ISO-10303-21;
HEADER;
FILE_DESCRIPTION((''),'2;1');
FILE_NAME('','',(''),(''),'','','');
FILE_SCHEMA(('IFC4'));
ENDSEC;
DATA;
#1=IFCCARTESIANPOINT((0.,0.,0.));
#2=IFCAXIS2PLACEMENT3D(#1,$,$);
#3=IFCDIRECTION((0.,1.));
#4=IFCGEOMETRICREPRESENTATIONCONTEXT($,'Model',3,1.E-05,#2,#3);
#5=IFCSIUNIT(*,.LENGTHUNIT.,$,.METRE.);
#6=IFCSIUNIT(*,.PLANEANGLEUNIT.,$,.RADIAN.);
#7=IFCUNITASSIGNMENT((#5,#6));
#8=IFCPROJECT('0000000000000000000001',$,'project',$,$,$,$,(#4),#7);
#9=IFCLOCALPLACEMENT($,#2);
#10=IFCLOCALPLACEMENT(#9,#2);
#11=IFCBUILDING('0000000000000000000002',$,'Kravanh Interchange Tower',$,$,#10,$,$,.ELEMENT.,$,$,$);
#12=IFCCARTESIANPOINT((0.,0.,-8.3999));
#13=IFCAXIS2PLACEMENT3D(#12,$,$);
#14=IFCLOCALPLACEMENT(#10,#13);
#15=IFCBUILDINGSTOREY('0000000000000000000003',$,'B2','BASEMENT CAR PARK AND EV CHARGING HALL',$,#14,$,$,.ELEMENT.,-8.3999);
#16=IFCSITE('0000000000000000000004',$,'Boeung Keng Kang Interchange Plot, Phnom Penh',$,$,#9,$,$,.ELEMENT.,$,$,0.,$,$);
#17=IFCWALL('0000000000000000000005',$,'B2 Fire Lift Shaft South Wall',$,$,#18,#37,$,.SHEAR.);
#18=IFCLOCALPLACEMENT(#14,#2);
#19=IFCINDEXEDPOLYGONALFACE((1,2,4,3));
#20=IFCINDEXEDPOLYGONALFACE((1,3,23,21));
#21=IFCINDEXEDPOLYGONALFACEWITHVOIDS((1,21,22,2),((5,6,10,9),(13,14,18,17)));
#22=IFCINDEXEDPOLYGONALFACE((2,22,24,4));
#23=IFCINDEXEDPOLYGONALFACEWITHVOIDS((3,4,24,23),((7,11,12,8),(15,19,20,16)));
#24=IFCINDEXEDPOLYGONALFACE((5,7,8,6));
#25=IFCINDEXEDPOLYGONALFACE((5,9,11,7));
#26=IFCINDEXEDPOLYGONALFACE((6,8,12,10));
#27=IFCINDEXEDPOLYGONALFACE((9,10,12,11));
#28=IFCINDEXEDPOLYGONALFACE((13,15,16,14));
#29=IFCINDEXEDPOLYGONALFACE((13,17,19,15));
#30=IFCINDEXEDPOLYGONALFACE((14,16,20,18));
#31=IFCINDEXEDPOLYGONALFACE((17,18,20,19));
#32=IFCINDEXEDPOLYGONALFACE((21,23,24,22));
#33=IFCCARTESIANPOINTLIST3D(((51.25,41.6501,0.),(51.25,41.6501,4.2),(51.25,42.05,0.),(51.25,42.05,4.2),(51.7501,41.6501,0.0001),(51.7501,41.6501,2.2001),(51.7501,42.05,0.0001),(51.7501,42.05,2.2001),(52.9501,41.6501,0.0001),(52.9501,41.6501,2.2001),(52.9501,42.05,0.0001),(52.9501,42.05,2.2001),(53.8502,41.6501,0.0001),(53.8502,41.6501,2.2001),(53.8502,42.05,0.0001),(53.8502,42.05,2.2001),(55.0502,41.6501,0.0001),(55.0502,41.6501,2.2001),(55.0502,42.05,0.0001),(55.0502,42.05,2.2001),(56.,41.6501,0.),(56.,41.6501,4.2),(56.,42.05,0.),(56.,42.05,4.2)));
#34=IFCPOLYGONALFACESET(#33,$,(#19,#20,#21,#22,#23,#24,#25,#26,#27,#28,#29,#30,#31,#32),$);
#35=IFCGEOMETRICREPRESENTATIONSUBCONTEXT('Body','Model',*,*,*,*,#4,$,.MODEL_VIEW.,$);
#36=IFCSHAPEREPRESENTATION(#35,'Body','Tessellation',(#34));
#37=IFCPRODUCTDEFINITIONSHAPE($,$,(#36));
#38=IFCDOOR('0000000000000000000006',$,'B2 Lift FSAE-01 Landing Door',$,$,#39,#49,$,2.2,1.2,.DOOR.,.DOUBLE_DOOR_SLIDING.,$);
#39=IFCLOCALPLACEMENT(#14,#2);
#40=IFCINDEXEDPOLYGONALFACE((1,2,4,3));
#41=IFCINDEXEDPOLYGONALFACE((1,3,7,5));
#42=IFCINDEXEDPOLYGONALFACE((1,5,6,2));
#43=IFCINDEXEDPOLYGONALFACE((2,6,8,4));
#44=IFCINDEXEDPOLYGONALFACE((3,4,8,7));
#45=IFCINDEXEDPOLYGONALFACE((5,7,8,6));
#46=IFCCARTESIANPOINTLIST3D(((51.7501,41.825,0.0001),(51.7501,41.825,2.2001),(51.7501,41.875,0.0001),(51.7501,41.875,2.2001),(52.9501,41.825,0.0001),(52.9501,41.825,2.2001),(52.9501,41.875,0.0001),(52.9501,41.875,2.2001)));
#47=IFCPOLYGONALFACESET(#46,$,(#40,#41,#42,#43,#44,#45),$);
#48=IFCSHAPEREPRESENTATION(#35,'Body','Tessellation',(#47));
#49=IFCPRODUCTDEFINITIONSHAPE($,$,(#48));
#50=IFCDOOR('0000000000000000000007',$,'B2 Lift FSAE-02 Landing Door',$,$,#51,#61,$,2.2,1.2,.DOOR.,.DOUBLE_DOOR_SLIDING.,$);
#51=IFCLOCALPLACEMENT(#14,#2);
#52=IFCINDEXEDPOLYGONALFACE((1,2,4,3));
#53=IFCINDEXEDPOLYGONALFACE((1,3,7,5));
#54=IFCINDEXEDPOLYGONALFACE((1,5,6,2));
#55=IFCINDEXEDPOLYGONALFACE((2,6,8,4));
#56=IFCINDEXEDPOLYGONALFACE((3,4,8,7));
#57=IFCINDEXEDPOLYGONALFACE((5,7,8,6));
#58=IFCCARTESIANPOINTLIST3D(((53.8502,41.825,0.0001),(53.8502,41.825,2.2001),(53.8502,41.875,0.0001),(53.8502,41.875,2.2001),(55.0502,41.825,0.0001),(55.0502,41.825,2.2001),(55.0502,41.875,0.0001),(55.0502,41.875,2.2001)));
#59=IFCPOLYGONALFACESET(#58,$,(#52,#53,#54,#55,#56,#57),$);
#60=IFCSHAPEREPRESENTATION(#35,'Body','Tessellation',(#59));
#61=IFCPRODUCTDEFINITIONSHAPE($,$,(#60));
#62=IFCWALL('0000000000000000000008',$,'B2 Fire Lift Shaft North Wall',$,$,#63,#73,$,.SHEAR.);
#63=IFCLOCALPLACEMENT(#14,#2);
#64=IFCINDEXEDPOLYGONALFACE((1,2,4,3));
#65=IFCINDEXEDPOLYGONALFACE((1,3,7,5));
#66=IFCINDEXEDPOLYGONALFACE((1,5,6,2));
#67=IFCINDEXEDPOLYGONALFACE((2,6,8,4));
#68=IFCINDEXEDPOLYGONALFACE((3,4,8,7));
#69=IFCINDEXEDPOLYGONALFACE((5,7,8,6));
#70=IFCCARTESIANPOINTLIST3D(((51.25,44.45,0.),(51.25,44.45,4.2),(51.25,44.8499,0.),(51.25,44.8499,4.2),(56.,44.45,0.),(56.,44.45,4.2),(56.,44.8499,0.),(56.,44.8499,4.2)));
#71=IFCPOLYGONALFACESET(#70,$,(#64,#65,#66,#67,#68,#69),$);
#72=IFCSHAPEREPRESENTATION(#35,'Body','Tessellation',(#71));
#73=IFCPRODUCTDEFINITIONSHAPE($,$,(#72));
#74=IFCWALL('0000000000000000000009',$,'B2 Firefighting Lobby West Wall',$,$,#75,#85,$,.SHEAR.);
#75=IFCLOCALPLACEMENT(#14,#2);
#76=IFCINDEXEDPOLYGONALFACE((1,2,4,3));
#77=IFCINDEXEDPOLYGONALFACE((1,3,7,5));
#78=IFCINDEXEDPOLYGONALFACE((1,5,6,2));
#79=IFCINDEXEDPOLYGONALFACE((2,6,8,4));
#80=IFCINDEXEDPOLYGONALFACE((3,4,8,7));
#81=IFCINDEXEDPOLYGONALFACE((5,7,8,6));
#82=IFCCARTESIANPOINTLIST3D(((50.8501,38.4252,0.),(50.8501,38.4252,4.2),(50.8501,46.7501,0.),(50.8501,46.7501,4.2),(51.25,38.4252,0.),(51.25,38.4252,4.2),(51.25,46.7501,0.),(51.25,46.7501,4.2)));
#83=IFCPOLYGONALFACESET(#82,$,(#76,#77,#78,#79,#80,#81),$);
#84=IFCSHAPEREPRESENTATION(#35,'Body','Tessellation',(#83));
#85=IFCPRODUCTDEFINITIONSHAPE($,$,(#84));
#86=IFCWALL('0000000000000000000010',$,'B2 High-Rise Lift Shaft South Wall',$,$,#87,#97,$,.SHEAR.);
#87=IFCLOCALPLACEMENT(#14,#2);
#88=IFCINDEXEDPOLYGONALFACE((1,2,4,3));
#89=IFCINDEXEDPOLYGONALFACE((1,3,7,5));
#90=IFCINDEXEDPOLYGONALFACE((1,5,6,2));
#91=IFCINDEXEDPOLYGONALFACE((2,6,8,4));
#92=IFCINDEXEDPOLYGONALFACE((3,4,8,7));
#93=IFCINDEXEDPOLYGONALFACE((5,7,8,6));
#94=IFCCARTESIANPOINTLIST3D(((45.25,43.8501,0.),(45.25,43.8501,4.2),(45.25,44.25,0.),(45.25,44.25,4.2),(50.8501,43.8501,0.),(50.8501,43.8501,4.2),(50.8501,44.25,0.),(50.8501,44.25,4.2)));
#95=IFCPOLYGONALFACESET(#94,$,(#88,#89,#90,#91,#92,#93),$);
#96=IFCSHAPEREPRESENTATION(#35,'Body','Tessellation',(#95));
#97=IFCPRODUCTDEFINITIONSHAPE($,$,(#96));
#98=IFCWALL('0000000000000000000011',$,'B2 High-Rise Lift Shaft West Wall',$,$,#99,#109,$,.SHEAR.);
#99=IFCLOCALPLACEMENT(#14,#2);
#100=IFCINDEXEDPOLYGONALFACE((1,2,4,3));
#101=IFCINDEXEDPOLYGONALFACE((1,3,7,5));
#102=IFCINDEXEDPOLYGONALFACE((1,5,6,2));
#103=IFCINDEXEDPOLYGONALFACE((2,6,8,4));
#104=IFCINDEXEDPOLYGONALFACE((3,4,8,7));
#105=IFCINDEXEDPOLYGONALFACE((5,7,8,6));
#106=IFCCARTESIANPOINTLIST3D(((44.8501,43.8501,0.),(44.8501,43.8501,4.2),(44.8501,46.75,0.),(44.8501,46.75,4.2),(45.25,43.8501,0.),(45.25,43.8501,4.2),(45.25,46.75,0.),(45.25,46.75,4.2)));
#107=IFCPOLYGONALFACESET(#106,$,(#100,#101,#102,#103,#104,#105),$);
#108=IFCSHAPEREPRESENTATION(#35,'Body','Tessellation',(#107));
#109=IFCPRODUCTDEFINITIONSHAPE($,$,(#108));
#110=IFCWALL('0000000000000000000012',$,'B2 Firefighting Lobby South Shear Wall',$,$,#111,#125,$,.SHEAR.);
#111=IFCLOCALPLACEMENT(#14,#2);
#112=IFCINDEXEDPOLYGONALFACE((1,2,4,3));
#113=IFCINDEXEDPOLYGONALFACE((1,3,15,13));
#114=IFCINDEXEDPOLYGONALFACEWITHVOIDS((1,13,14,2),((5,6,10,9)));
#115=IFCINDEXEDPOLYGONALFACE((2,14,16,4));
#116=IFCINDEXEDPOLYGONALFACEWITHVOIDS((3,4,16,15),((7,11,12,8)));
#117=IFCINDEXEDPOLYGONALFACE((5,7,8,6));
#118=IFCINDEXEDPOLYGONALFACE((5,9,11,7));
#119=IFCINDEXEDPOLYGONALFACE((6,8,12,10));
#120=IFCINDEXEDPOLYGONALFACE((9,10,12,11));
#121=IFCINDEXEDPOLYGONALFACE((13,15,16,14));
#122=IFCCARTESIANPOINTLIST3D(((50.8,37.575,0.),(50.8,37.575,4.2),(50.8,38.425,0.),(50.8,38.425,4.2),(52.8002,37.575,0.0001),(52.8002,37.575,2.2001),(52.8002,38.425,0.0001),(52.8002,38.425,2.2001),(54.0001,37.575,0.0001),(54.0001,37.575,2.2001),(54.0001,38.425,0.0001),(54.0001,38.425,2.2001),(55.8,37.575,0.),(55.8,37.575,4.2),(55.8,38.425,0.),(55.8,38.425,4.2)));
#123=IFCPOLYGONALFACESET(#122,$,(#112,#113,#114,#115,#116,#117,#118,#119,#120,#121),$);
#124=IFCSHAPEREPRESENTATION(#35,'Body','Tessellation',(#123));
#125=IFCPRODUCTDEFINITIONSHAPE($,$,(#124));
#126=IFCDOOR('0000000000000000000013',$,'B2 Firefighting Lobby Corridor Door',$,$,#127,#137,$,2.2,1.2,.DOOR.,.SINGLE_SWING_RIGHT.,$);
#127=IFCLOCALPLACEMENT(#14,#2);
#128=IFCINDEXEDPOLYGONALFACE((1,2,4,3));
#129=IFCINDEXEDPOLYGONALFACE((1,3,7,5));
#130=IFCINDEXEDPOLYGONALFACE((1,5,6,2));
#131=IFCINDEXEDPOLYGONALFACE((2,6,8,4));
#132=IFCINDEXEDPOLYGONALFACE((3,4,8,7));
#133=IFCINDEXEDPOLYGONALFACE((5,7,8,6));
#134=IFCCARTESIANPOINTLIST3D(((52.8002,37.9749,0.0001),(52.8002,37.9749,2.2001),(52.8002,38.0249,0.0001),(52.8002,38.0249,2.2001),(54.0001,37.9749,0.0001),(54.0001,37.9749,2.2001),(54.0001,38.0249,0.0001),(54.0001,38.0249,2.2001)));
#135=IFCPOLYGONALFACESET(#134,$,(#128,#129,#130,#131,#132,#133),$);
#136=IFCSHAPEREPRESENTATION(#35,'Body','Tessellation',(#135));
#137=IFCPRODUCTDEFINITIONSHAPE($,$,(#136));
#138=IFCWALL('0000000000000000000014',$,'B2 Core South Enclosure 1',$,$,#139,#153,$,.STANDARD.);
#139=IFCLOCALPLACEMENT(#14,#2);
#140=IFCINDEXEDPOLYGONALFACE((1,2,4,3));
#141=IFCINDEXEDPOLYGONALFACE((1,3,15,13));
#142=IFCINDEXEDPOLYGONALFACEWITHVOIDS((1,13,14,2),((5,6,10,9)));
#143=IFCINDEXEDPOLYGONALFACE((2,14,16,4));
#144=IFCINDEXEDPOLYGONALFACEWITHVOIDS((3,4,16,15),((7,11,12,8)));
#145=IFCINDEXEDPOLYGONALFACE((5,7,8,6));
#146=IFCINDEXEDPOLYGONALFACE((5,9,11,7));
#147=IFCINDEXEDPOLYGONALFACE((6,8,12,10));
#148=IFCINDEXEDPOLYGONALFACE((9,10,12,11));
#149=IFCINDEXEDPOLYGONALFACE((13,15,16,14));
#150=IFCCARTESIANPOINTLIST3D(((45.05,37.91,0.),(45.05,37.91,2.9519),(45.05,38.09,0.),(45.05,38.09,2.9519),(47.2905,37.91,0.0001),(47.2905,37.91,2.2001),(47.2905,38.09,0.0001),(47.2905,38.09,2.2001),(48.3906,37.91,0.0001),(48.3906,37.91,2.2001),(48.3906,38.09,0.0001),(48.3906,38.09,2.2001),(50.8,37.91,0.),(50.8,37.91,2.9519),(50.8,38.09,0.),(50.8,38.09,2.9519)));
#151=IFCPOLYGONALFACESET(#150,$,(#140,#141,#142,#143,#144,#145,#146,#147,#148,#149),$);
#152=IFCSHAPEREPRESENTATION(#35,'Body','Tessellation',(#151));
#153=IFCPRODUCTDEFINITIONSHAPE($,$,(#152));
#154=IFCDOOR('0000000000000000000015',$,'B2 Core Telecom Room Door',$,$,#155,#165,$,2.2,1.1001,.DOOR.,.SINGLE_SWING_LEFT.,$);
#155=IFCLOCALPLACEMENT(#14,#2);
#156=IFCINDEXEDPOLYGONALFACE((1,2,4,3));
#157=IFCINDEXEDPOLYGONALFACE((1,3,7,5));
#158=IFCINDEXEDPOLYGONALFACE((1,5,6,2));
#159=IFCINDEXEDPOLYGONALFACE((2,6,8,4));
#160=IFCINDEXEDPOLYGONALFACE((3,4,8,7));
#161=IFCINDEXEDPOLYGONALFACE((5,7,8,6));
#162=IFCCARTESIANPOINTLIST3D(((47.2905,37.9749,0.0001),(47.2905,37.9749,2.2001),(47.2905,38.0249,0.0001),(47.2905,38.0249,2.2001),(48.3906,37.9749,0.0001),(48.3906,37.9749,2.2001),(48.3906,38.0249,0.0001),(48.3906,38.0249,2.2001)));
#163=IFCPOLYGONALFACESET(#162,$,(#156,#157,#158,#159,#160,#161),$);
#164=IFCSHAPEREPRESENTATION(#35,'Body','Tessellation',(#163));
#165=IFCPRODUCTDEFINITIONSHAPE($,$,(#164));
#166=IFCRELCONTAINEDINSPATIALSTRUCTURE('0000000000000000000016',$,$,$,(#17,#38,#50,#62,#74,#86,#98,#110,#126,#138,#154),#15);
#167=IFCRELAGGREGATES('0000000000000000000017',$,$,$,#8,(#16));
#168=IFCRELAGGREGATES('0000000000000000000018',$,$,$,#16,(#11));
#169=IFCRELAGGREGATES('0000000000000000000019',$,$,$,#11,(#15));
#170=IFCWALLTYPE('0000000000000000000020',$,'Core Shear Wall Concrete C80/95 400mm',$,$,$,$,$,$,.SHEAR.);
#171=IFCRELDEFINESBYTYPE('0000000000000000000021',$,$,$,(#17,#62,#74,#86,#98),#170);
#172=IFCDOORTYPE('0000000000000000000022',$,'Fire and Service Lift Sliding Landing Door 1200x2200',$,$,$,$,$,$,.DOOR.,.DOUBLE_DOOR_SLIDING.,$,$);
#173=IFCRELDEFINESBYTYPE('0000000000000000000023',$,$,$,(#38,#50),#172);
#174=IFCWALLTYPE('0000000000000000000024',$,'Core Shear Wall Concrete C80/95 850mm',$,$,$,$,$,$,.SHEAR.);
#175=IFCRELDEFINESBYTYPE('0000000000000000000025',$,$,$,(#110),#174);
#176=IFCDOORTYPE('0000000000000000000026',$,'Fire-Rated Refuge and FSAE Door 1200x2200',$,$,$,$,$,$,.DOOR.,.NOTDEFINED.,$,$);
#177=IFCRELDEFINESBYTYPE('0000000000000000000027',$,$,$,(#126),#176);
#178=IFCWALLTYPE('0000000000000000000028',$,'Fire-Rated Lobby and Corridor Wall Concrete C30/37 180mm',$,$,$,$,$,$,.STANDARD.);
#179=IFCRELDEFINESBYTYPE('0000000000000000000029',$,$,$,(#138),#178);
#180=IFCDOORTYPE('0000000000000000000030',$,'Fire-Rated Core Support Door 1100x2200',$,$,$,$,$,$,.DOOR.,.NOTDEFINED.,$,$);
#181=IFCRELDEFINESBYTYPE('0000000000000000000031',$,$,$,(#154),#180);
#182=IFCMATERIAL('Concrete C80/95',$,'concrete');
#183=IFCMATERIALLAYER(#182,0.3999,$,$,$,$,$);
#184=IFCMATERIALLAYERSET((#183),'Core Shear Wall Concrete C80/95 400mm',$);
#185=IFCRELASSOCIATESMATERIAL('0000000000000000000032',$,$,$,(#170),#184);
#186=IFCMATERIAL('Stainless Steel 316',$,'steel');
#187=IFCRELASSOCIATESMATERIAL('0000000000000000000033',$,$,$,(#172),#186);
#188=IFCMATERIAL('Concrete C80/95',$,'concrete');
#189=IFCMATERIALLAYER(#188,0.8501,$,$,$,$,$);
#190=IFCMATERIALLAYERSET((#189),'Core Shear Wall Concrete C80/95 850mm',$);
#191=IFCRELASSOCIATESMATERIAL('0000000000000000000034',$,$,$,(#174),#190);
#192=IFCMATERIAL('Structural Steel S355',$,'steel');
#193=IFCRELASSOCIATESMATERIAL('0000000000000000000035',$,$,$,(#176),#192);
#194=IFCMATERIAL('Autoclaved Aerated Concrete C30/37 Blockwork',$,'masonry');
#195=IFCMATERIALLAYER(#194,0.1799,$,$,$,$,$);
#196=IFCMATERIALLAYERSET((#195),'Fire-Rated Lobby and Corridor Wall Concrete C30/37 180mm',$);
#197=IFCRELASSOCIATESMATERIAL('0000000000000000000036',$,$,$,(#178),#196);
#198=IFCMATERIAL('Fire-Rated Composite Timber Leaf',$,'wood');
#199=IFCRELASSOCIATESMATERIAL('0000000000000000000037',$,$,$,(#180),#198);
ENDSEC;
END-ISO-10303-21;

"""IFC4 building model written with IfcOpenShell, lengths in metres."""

from ifc_helpers import new_model, si_unit, direction, frame, frame_2d, origin, place, context, subcontext, project, spatial, rectangle, extrude, material, layer, layer_set, type_object, element, fill, save


model = new_model("IFC4")

# Units and contexts
model_context = context("Model", 3, precision=1e-05, world=origin(), true_north=direction((0.0, 1.0)))
body_context = subcontext(model_context, "Body", "Model", "MODEL_VIEW")
ifc_project = project(units=[si_unit("LENGTHUNIT", "METRE"), si_unit("PLANEANGLEUNIT", "RADIAN")], contexts=[model_context])

# Site, building, storey
site_placement = place(None, origin())
site = spatial("IfcSite", under=ifc_project, at=site_placement, Name="Boeung Keng Kang Interchange Plot, Phnom Penh", CompositionType="ELEMENT", RefElevation=0.0)
building_placement = place(site_placement, origin())
building = spatial("IfcBuilding", under=site, at=building_placement, Name="Kravanh Interchange Tower", CompositionType="ELEMENT")
storey_placement = place(building_placement, frame((0.0, 0.0, -8.3999)))
storey = spatial("IfcBuildingStorey", under=building, at=storey_placement, Name="B2", Description="BASEMENT CAR PARK AND EV CHARGING HALL", CompositionType="ELEMENT", Elevation=-8.3999)

# Wall, openings, doors
ifc_material_1 = material(Name="Concrete C80/95", Category="concrete")
ifc_layer_1 = layer(ifc_material_1, 0.3999)
ifc_layer_set_1 = layer_set([ifc_layer_1], Name="Core Shear Wall Concrete C80/95 400mm")
wall_type_1 = type_object("IfcWallType", Name="Core Shear Wall Concrete C80/95 400mm", PredefinedType="SHEAR", material=ifc_layer_set_1)
wall_1_placement = place(storey_placement, frame((51.25, 41.8501, 0.0), z_axis=(0.0, 0.0, 1.0), x_axis=(1.0, 0.0, 0.0)))
wall_1 = element("IfcWall", 1, at=wall_1_placement, inside=storey, type_object=wall_type_1, Name="B2 Fire Lift Shaft South Wall", PredefinedType="SHEAR", context=body_context, shape_type="SweptSolid", body=[
    extrude(rectangle(XDim=4.75, YDim=0.3999, at=frame_2d((2.375, 0.0))), origin(), (0.0, 0.0, 1.0), 4.2),
])
opening_1_placement = place(wall_1_placement, frame((0.5, 0.0, 0.0)))
opening_1 = element("IfcOpeningElement", 2, at=opening_1_placement, cuts=wall_1, PredefinedType="OPENING", context=body_context, shape_type="SweptSolid", body=[
    extrude(rectangle(XDim=1.2, YDim=2.2, at=frame_2d((0.6001, 1.1001))), frame((0.0, 0.21, 0.0), z_axis=(0.0, -1.0, 0.0), x_axis=(1.0, 0.0, 0.0)), (0.0, 0.0, 1.0), 0.4199),
])
opening_2_placement = place(wall_1_placement, frame((2.6001, 0.0, 0.0)))
opening_2 = element("IfcOpeningElement", 3, at=opening_2_placement, cuts=wall_1, PredefinedType="OPENING", context=body_context, shape_type="SweptSolid", body=[
    extrude(rectangle(XDim=1.2, YDim=2.2, at=frame_2d((0.6001, 1.1001))), frame((0.0, 0.21, 0.0), z_axis=(0.0, -1.0, 0.0), x_axis=(1.0, 0.0, 0.0)), (0.0, 0.0, 1.0), 0.4199),
])
ifc_material_2 = material(Name="Stainless Steel 316", Category="steel")
door_type_1 = type_object("IfcDoorType", Name="Fire and Service Lift Sliding Landing Door 1200x2200", OperationType="DOUBLE_DOOR_SLIDING", PredefinedType="DOOR", material=ifc_material_2)
door_1_placement = place(opening_1_placement, origin())
door_1 = element("IfcDoor", 4, at=door_1_placement, inside=storey, type_object=door_type_1, Name="B2 Lift FSAE-01 Landing Door", OperationType="DOUBLE_DOOR_SLIDING", OverallHeight=2.2, OverallWidth=1.2, PredefinedType="DOOR", context=body_context, shape_type="SweptSolid", body=[
    extrude(rectangle(XDim=1.2, YDim=2.2, at=frame_2d((0.6001, 1.1001))), frame((0.0, 0.0249, 0.0), z_axis=(0.0, -1.0, 0.0), x_axis=(1.0, 0.0, 0.0)), (0.0, 0.0, 1.0), 0.05),
])
fill(opening_1, door_1)
door_2_placement = place(opening_2_placement, origin())
door_2 = element("IfcDoor", 5, at=door_2_placement, inside=storey, type_object=door_type_1, Name="B2 Lift FSAE-02 Landing Door", OperationType="DOUBLE_DOOR_SLIDING", OverallHeight=2.2, OverallWidth=1.2, PredefinedType="DOOR", context=body_context, shape_type="SweptSolid", body=[
    extrude(rectangle(XDim=1.2, YDim=2.2, at=frame_2d((0.6001, 1.1001))), frame((0.0, 0.0249, 0.0), z_axis=(0.0, -1.0, 0.0), x_axis=(1.0, 0.0, 0.0)), (0.0, 0.0, 1.0), 0.05),
])
fill(opening_2, door_2)

# Walls
wall_2_placement = place(storey_placement, frame((51.25, 44.6499, 0.0), z_axis=(0.0, 0.0, 1.0), x_axis=(1.0, 0.0, 0.0)))
element("IfcWall", 6, at=wall_2_placement, inside=storey, type_object=wall_type_1, Name="B2 Fire Lift Shaft North Wall", PredefinedType="SHEAR", context=body_context, shape_type="SweptSolid", body=[
    extrude(rectangle(XDim=4.75, YDim=0.3999, at=frame_2d((2.375, 0.0))), origin(), (0.0, 0.0, 1.0), 4.2),
])
wall_3_placement = place(storey_placement, frame((51.05, 38.425, 0.0), z_axis=(0.0, 0.0, 1.0), x_axis=(0.0, 1.0, 0.0)))
element("IfcWall", 7, at=wall_3_placement, inside=storey, type_object=wall_type_1, Name="B2 Firefighting Lobby West Wall", PredefinedType="SHEAR", context=body_context, shape_type="SweptSolid", body=[
    extrude(rectangle(XDim=8.325, YDim=0.3999, at=frame_2d((4.1626, 0.0))), origin(), (0.0, 0.0, 1.0), 4.2),
])
wall_4_placement = place(storey_placement, frame((45.25, 44.05, 0.0), z_axis=(0.0, 0.0, 1.0), x_axis=(1.0, 0.0, 0.0)))
element("IfcWall", 8, at=wall_4_placement, inside=storey, type_object=wall_type_1, Name="B2 High-Rise Lift Shaft South Wall", PredefinedType="SHEAR", context=body_context, shape_type="SweptSolid", body=[
    extrude(rectangle(XDim=5.6001, YDim=0.3999, at=frame_2d((2.8, 0.0))), origin(), (0.0, 0.0, 1.0), 4.2),
])
wall_5_placement = place(storey_placement, frame((45.05, 43.8501, 0.0), z_axis=(0.0, 0.0, 1.0), x_axis=(0.0, 1.0, 0.0)))
element("IfcWall", 9, at=wall_5_placement, inside=storey, type_object=wall_type_1, Name="B2 High-Rise Lift Shaft West Wall", PredefinedType="SHEAR", context=body_context, shape_type="SweptSolid", body=[
    extrude(rectangle(XDim=2.8999, YDim=0.3999, at=frame_2d((1.45, 0.0))), origin(), (0.0, 0.0, 1.0), 4.2),
])

# Shared definitions
ifc_material_3 = material(Name="Concrete C80/95", Category="concrete")
ifc_layer_2 = layer(ifc_material_3, 0.8501)
ifc_layer_set_2 = layer_set([ifc_layer_2], Name="Core Shear Wall Concrete C80/95 850mm")
wall_type_2 = type_object("IfcWallType", Name="Core Shear Wall Concrete C80/95 850mm", PredefinedType="SHEAR", material=ifc_layer_set_2)

# Walls, openings, doors
wall_6_placement = place(storey_placement, frame((50.8, 38.0, 0.0), z_axis=(0.0, 0.0, 1.0), x_axis=(1.0, 0.0, 0.0)))
wall_6 = element("IfcWall", 10, at=wall_6_placement, inside=storey, type_object=wall_type_2, Name="B2 Firefighting Lobby South Shear Wall", PredefinedType="SHEAR", context=body_context, shape_type="SweptSolid", body=[
    extrude(rectangle(XDim=5.0, YDim=0.8501, at=frame_2d((2.5, 0.0))), origin(), (0.0, 0.0, 1.0), 4.2),
])
opening_3_placement = place(wall_6_placement, frame((2.0, 0.0, 0.0)))
opening_3 = element("IfcOpeningElement", 11, at=opening_3_placement, cuts=wall_6, PredefinedType="OPENING", context=body_context, shape_type="SweptSolid", body=[
    extrude(rectangle(XDim=1.2, YDim=2.2, at=frame_2d((0.6001, 1.1001))), frame((0.0, 0.4351, 0.0), z_axis=(0.0, -1.0, 0.0), x_axis=(1.0, 0.0, 0.0)), (0.0, 0.0, 1.0), 0.8701),
])
ifc_material_4 = material(Name="Structural Steel S355", Category="steel")
door_type_2 = type_object("IfcDoorType", Name="Fire-Rated Refuge and FSAE Door 1200x2200", OperationType="NOTDEFINED", PredefinedType="DOOR", material=ifc_material_4)
door_3_placement = place(opening_3_placement, origin())
door_3 = element("IfcDoor", 12, at=door_3_placement, inside=storey, type_object=door_type_2, Name="B2 Firefighting Lobby Corridor Door", OperationType="SINGLE_SWING_RIGHT", OverallHeight=2.2, OverallWidth=1.2, PredefinedType="DOOR", context=body_context, shape_type="SweptSolid", body=[
    extrude(rectangle(XDim=1.2, YDim=2.2, at=frame_2d((0.6001, 1.1001))), frame((0.0, 0.0249, 0.0), z_axis=(0.0, -1.0, 0.0), x_axis=(1.0, 0.0, 0.0)), (0.0, 0.0, 1.0), 0.05),
])
fill(opening_3, door_3)
ifc_material_5 = material(Name="Autoclaved Aerated Concrete C30/37 Blockwork", Category="masonry")
ifc_layer_3 = layer(ifc_material_5, 0.1799)
ifc_layer_set_3 = layer_set([ifc_layer_3], Name="Fire-Rated Lobby and Corridor Wall Concrete C30/37 180mm")
wall_type_3 = type_object("IfcWallType", Name="Fire-Rated Lobby and Corridor Wall Concrete C30/37 180mm", PredefinedType="STANDARD", material=ifc_layer_set_3)
wall_7_placement = place(storey_placement, frame((45.05, 38.0, 0.0), z_axis=(0.0, 0.0, 1.0), x_axis=(1.0, 0.0, 0.0)))
wall_7 = element("IfcWall", 13, at=wall_7_placement, inside=storey, type_object=wall_type_3, Name="B2 Core South Enclosure 1", PredefinedType="STANDARD", context=body_context, shape_type="SweptSolid", body=[
    extrude(rectangle(XDim=5.75, YDim=0.1799, at=frame_2d((2.875, 0.0))), origin(), (0.0, 0.0, 1.0), 2.9519),
])
opening_4_placement = place(wall_7_placement, frame((2.2405, 0.0, 0.0)))
opening_4 = element("IfcOpeningElement", 14, at=opening_4_placement, cuts=wall_7, PredefinedType="OPENING", context=body_context, shape_type="SweptSolid", body=[
    extrude(rectangle(XDim=1.1001, YDim=2.2, at=frame_2d((0.55, 1.1001))), frame((0.0, 0.1001, 0.0), z_axis=(0.0, -1.0, 0.0), x_axis=(1.0, 0.0, 0.0)), (0.0, 0.0, 1.0), 0.2),
])
ifc_material_6 = material(Name="Fire-Rated Composite Timber Leaf", Category="wood")
door_type_3 = type_object("IfcDoorType", Name="Fire-Rated Core Support Door 1100x2200", OperationType="NOTDEFINED", PredefinedType="DOOR", material=ifc_material_6)
door_4_placement = place(opening_4_placement, origin())
door_4 = element("IfcDoor", 15, at=door_4_placement, inside=storey, type_object=door_type_3, Name="B2 Core Telecom Room Door", OperationType="SINGLE_SWING_LEFT", OverallHeight=2.2, OverallWidth=1.1001, PredefinedType="DOOR", context=body_context, shape_type="SweptSolid", body=[
    extrude(rectangle(XDim=1.1001, YDim=2.2, at=frame_2d((0.55, 1.1001))), frame((0.0, 0.0249, 0.0), z_axis=(0.0, -1.0, 0.0), x_axis=(1.0, 0.0, 0.0)), (0.0, 0.0, 1.0), 0.05),
])
fill(opening_4, door_4)

save(model, "model.ifc")
